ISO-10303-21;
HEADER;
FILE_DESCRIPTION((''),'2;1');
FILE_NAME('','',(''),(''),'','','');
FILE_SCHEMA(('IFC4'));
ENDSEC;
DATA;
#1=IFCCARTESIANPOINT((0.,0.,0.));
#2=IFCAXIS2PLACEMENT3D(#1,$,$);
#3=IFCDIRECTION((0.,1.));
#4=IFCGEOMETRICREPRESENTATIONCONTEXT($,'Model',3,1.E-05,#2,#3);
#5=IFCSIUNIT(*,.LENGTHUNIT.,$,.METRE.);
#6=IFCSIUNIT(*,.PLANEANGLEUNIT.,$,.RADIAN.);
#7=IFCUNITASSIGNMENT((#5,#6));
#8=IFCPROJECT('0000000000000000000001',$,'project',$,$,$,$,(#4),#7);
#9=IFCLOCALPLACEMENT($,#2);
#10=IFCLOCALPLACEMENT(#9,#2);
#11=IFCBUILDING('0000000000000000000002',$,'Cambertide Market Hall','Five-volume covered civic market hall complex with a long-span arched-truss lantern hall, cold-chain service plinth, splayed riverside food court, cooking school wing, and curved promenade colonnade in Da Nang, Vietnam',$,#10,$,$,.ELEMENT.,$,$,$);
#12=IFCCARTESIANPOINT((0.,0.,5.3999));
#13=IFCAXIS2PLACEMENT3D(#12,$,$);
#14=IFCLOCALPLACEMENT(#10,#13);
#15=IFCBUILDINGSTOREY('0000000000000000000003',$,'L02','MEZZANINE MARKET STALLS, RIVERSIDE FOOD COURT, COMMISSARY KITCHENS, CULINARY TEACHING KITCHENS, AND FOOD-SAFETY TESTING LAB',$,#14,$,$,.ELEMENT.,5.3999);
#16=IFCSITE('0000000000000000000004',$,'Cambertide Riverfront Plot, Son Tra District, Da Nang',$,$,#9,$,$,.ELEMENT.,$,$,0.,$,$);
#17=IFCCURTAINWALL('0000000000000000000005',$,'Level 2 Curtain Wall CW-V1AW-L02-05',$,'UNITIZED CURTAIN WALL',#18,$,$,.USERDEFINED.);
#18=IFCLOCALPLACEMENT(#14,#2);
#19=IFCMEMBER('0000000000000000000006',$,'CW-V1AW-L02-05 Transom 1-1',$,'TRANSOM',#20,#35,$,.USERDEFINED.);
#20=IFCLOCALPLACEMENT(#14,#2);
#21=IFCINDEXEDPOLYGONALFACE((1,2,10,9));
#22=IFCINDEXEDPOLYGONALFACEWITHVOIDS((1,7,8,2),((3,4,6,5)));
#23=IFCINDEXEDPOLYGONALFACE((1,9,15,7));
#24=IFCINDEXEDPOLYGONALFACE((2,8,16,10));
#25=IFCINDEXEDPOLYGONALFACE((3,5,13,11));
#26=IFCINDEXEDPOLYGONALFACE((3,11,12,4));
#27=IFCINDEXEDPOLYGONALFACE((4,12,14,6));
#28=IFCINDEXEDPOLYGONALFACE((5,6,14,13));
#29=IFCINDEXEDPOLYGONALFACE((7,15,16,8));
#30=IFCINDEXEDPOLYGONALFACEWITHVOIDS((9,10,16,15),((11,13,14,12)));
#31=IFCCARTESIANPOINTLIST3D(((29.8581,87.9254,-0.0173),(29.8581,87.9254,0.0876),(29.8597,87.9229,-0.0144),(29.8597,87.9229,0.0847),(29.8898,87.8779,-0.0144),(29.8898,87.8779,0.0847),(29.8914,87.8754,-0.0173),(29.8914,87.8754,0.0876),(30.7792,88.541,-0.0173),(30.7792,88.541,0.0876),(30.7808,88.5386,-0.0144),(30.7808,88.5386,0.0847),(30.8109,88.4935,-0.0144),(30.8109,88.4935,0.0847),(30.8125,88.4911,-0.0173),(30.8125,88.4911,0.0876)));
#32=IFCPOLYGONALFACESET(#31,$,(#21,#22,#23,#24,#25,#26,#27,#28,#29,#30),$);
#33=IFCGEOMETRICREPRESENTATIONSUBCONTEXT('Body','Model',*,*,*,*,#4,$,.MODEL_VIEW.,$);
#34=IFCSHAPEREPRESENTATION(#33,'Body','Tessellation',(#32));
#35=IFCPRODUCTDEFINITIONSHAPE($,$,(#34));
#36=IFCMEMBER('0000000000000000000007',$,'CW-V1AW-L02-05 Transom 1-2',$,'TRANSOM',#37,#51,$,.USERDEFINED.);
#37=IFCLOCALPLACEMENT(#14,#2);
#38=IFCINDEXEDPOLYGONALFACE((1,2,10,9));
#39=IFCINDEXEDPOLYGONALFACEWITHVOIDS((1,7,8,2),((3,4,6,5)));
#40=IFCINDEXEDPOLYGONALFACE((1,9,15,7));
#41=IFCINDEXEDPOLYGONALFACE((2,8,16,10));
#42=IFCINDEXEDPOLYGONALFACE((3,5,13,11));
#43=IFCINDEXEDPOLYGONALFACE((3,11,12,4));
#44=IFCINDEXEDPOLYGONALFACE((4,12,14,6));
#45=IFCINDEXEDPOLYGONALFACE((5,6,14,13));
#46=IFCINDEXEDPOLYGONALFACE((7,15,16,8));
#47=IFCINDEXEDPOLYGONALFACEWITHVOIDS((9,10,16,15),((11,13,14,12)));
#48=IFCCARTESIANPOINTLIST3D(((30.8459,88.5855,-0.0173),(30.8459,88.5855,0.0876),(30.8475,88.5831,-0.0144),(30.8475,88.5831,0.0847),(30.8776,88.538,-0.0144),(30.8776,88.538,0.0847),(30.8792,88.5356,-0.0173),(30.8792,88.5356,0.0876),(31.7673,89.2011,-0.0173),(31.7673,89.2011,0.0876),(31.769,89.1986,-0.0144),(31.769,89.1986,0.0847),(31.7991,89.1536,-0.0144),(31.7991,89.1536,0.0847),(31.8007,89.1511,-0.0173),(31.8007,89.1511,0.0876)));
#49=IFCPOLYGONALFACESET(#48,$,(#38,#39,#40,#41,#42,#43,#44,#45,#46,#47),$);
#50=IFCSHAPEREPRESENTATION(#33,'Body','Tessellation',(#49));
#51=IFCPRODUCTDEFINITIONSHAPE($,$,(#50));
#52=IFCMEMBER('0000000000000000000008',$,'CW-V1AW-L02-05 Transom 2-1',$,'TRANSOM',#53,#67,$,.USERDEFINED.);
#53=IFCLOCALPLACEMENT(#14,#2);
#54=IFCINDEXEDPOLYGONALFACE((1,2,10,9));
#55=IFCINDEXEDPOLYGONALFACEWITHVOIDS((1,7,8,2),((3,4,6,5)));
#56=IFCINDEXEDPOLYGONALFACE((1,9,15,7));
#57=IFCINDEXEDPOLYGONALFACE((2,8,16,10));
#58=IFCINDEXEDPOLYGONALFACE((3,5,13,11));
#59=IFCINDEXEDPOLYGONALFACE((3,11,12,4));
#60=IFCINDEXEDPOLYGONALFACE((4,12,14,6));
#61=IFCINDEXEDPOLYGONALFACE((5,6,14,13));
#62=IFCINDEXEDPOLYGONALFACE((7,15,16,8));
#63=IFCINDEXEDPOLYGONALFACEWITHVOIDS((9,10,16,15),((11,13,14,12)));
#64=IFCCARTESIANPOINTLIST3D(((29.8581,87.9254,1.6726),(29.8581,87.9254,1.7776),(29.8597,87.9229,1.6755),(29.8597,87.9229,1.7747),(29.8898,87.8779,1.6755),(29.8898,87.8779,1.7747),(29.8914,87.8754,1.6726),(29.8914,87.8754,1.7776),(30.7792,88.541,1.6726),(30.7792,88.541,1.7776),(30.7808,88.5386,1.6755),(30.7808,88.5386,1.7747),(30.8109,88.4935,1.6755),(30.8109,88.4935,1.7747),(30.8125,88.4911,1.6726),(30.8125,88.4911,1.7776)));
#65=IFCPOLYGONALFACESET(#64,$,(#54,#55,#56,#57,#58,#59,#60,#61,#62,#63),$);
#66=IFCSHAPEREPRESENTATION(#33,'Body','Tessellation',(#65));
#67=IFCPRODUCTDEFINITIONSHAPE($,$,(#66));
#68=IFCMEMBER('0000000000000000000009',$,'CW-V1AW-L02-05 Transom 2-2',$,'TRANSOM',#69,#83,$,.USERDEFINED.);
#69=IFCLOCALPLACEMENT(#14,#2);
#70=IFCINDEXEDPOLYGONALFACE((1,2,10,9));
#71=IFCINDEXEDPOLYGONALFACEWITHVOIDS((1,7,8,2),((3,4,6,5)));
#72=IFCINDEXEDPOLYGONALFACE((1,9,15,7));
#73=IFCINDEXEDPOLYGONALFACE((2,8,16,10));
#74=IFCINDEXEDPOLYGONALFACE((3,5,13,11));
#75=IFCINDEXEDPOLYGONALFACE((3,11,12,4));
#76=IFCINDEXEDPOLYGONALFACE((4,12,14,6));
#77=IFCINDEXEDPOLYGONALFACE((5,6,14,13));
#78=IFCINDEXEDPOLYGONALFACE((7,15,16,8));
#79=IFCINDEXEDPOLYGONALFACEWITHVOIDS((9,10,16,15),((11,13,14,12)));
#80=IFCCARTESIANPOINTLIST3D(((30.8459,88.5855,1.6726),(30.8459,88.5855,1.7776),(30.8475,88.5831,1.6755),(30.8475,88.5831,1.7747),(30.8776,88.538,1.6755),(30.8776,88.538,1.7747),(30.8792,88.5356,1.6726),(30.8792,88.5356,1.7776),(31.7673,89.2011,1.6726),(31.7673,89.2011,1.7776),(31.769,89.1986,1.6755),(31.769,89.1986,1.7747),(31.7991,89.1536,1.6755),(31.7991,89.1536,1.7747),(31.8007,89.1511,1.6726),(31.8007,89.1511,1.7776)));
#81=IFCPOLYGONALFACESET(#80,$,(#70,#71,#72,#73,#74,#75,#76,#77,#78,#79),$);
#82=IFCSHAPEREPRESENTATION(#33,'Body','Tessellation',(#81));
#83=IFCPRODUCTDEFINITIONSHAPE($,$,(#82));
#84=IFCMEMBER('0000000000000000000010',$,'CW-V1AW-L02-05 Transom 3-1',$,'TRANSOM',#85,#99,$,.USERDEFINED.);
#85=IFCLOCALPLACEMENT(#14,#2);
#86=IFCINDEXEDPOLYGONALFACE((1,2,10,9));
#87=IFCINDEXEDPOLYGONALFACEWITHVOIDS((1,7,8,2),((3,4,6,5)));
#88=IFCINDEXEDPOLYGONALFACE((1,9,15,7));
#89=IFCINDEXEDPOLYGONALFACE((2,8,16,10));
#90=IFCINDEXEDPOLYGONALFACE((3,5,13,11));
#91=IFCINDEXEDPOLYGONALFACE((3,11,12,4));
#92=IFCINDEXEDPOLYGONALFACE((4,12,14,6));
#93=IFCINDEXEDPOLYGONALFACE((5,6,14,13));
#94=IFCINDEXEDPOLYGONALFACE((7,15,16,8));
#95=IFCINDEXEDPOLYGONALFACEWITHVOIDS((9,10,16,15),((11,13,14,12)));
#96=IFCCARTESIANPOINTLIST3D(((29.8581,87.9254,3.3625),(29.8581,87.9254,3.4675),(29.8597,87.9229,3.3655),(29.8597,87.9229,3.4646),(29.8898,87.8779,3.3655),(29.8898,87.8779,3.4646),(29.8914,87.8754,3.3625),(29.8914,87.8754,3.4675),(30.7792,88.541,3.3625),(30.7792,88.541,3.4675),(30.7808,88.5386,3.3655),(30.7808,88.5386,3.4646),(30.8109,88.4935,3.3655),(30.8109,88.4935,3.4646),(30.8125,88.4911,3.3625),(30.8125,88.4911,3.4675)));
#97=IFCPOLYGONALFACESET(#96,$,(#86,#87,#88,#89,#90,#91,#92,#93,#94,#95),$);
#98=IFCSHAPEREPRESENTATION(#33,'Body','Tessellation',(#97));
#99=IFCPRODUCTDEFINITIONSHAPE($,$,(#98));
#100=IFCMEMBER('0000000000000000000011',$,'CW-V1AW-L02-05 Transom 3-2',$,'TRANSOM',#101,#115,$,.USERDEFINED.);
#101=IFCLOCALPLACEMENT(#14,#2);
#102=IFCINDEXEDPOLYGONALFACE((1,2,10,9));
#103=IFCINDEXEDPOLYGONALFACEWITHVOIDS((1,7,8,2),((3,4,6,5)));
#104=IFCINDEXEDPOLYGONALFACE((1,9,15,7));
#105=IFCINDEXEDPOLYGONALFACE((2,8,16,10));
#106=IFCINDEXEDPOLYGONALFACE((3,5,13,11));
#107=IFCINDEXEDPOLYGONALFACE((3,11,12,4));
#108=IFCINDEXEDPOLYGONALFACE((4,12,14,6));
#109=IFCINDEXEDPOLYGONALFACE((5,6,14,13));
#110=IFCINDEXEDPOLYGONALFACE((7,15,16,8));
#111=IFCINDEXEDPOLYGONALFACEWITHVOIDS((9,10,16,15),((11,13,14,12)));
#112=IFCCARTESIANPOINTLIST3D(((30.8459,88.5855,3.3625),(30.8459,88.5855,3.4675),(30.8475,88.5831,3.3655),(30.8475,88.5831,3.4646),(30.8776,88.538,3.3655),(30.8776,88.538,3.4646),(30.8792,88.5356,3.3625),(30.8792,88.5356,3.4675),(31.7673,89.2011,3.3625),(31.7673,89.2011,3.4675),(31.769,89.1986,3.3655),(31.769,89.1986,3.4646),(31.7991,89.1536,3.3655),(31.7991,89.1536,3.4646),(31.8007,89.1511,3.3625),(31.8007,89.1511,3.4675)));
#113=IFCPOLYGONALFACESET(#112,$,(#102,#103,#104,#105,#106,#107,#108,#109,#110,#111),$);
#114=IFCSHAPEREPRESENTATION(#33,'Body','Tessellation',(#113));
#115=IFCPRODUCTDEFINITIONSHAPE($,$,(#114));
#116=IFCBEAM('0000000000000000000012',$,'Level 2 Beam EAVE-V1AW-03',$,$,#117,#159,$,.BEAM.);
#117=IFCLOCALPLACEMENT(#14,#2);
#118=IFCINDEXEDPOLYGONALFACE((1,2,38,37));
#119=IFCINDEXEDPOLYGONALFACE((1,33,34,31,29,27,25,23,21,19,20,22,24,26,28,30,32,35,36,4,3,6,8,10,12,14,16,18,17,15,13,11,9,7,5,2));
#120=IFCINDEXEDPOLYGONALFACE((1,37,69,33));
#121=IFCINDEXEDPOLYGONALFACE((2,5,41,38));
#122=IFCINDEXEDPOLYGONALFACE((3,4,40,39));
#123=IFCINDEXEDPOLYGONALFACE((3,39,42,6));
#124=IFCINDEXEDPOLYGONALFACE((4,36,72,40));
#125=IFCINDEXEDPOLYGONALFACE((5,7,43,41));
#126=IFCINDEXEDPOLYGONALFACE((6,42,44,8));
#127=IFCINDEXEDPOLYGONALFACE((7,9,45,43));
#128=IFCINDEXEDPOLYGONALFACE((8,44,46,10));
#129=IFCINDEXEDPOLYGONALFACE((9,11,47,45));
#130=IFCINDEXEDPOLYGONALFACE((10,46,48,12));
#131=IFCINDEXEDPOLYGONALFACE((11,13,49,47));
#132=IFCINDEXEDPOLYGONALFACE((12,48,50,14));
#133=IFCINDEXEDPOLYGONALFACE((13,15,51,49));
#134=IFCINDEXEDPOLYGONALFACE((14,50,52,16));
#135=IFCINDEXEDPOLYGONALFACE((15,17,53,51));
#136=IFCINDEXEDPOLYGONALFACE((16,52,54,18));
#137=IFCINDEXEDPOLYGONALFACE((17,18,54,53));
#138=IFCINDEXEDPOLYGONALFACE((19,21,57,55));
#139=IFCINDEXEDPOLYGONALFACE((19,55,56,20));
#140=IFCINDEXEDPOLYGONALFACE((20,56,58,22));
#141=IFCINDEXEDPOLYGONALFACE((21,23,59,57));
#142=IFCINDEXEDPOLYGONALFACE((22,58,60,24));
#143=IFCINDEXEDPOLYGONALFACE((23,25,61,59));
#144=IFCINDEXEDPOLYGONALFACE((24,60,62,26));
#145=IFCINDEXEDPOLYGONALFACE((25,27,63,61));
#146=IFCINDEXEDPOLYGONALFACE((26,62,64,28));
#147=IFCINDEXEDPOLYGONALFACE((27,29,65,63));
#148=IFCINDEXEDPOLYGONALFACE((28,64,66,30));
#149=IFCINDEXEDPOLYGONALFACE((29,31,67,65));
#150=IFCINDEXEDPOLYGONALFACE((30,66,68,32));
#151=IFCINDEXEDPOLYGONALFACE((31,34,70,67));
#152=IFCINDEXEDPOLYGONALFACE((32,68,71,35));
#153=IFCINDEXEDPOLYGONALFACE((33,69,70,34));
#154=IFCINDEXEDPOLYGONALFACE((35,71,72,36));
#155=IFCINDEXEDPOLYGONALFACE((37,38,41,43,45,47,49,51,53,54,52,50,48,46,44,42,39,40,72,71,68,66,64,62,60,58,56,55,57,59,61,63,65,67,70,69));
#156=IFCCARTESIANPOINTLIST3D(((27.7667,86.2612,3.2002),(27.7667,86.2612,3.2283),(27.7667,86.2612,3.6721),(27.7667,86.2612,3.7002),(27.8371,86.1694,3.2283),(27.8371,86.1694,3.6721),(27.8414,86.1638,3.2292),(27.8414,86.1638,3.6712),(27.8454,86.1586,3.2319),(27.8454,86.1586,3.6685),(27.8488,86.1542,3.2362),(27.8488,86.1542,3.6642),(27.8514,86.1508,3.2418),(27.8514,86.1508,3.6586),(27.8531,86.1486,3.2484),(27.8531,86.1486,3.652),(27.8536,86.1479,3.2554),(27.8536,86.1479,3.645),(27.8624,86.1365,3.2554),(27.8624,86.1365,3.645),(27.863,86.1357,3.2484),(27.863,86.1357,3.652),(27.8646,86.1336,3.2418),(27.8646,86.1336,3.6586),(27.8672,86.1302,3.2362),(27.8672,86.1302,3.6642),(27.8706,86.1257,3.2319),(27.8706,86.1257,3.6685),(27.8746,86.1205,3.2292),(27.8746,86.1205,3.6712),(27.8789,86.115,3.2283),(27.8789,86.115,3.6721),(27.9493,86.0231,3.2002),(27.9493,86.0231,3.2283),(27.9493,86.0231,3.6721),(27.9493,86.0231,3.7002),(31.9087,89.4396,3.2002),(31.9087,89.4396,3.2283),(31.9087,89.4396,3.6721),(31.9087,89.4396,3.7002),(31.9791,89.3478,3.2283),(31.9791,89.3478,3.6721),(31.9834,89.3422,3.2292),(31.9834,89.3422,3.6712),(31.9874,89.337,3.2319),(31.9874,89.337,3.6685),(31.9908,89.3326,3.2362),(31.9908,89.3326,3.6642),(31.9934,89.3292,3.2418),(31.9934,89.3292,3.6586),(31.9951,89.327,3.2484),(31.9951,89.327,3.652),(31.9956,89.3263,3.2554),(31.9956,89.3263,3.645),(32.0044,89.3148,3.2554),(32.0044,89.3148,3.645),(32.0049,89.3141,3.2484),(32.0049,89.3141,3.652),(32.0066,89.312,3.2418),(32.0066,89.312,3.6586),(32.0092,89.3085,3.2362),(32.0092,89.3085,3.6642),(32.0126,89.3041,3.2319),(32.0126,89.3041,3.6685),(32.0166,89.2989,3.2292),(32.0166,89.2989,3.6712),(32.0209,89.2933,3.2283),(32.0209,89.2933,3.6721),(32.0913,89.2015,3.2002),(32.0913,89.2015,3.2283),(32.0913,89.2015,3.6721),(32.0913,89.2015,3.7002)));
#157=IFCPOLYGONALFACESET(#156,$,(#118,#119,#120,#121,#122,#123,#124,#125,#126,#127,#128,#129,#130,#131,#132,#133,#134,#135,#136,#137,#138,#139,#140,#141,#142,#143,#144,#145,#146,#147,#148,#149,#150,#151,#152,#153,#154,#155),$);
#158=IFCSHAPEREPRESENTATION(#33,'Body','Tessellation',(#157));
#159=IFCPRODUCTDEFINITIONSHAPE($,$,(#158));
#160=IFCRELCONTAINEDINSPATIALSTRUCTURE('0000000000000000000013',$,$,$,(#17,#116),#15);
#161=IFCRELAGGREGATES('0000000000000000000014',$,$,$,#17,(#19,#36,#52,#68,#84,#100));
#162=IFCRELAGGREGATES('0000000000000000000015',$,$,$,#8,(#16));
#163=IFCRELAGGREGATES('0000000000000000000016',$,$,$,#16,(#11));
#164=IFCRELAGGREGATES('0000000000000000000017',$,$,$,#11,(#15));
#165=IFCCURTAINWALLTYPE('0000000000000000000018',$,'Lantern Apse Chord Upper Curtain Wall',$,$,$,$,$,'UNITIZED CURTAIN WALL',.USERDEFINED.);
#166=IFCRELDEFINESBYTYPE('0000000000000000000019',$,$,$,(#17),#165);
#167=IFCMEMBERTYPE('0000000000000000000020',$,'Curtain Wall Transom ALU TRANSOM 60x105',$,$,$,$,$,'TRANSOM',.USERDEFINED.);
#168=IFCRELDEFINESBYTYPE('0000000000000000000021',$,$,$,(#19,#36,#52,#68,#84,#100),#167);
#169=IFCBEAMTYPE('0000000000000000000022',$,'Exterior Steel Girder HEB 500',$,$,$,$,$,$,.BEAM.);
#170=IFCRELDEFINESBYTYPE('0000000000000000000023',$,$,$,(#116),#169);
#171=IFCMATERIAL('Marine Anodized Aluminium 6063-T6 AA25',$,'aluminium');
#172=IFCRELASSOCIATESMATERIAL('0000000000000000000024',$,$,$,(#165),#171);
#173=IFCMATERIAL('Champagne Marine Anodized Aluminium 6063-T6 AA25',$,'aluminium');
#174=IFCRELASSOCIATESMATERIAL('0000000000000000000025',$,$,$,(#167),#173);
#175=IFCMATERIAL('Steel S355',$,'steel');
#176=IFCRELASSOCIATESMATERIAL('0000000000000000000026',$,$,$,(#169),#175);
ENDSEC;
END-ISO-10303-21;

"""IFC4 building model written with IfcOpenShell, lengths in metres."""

from ifc_helpers import new_model, si_unit, direction, frame, origin, origin_2d, place, context, subcontext, project, spatial, hollow_rectangle, i_section, extrude, material, material_profile, profile_set, type_object, element, aggregate, save


model = new_model("IFC4")

# Units and contexts
model_context = context("Model", 3, precision=1e-05, world=origin(), true_north=direction((0.0, 1.0)))
body_context = subcontext(model_context, "Body", "Model", "MODEL_VIEW")
ifc_project = project(units=[si_unit("LENGTHUNIT", "METRE"), si_unit("PLANEANGLEUNIT", "RADIAN")], contexts=[model_context])

# Site, building, storey
site_placement = place(None, origin())
site = spatial("IfcSite", under=ifc_project, at=site_placement, Name="Cambertide Riverfront Plot, Son Tra District, Da Nang", CompositionType="ELEMENT", RefElevation=0.0)
building_placement = place(site_placement, origin())
building = spatial("IfcBuilding", under=site, at=building_placement, Name="Cambertide Market Hall", Description="Five-volume covered civic market hall complex with a long-span arched-truss lantern hall, cold-chain service plinth, splayed riverside food court, cooking school wing, and curved promenade colonnade in Da Nang, Vietnam", CompositionType="ELEMENT")
storey_placement = place(building_placement, frame((0.0, 0.0, 5.3999)))
storey = spatial("IfcBuildingStorey", under=building, at=storey_placement, Name="L02", Description="MEZZANINE MARKET STALLS, RIVERSIDE FOOD COURT, COMMISSARY KITCHENS, CULINARY TEACHING KITCHENS, AND FOOD-SAFETY TESTING LAB", CompositionType="ELEMENT", Elevation=5.3999)

# Shared definitions
ifc_material_1 = material(Name="Marine Anodized Aluminium 6063-T6 AA25", Category="aluminium")
curtain_wall_type = type_object("IfcCurtainWallType", Name="Lantern Apse Chord Upper Curtain Wall", ElementType="UNITIZED CURTAIN WALL", PredefinedType="USERDEFINED", material=ifc_material_1)

# Curtain wall
curtain_wall_1_placement = place(storey_placement, origin())
curtain_wall_1 = element("IfcCurtainWall", 1, at=curtain_wall_1_placement, inside=storey, type_object=curtain_wall_type, Name="Level 2 Curtain Wall CW-V1AW-L02-05", ObjectType="UNITIZED CURTAIN WALL", PredefinedType="USERDEFINED")

# Members
ifc_material_2 = material(Name="Champagne Marine Anodized Aluminium 6063-T6 AA25", Category="aluminium")
ifc_material_profile_1 = material_profile(ifc_material_2, hollow_rectangle(XDim=0.0601, YDim=0.105, WallThickness=0.0029, at=origin_2d()), Name="ALU TRANSOM 60x105")
ifc_profile_set_1 = profile_set([ifc_material_profile_1], Name="Champagne Marine Anodized Aluminium 6063-T6 AA25")
member_type_1 = type_object("IfcMemberType", Name="Curtain Wall Transom ALU TRANSOM 60x105", ElementType="TRANSOM", PredefinedType="USERDEFINED", material=ifc_profile_set_1)
member_1_placement = place(storey_placement, frame((29.8748, 87.9004, 0.0352), z_axis=(0.831372, 0.555717, 0.0), x_axis=(-0.555717, 0.831372, 0.0)))
member_1 = element("IfcMember", 2, at=member_1_placement, type_object=member_type_1, Name="CW-V1AW-L02-05 Transom 1-1", ObjectType="TRANSOM", PredefinedType="USERDEFINED", context=body_context, shape_type="SweptSolid", body=[
    extrude(hollow_rectangle(XDim=0.0601, YDim=0.105, WallThickness=0.0029, at=origin_2d()), origin(), (0.0, 0.0, 1.0), 1.1079),
])
member_2_placement = place(storey_placement, frame((30.8625, 88.5605, 0.0352), z_axis=(0.831541, 0.555463, 0.0), x_axis=(-0.555463, 0.831541, 0.0)))
member_2 = element("IfcMember", 3, at=member_2_placement, type_object=member_type_1, Name="CW-V1AW-L02-05 Transom 1-2", ObjectType="TRANSOM", PredefinedType="USERDEFINED", context=body_context, shape_type="SweptSolid", body=[
    extrude(hollow_rectangle(XDim=0.0601, YDim=0.105, WallThickness=0.0029, at=origin_2d()), origin(), (0.0, 0.0, 1.0), 1.1082),
])
member_3_placement = place(storey_placement, frame((29.8748, 87.9004, 1.7251), z_axis=(0.831372, 0.555717, 0.0), x_axis=(-0.555717, 0.831372, 0.0)))
member_3 = element("IfcMember", 4, at=member_3_placement, type_object=member_type_1, Name="CW-V1AW-L02-05 Transom 2-1", ObjectType="TRANSOM", PredefinedType="USERDEFINED", context=body_context, shape_type="SweptSolid", body=[
    extrude(hollow_rectangle(XDim=0.0601, YDim=0.105, WallThickness=0.0029, at=origin_2d()), origin(), (0.0, 0.0, 1.0), 1.1079),
])
member_4_placement = place(storey_placement, frame((30.8625, 88.5605, 1.7251), z_axis=(0.831541, 0.555463, 0.0), x_axis=(-0.555463, 0.831541, 0.0)))
member_4 = element("IfcMember", 5, at=member_4_placement, type_object=member_type_1, Name="CW-V1AW-L02-05 Transom 2-2", ObjectType="TRANSOM", PredefinedType="USERDEFINED", context=body_context, shape_type="SweptSolid", body=[
    extrude(hollow_rectangle(XDim=0.0601, YDim=0.105, WallThickness=0.0029, at=origin_2d()), origin(), (0.0, 0.0, 1.0), 1.1082),
])
member_5_placement = place(storey_placement, frame((29.8748, 87.9004, 3.415), z_axis=(0.831372, 0.555717, 0.0), x_axis=(-0.555717, 0.831372, 0.0)))
member_5 = element("IfcMember", 6, at=member_5_placement, type_object=member_type_1, Name="CW-V1AW-L02-05 Transom 3-1", ObjectType="TRANSOM", PredefinedType="USERDEFINED", context=body_context, shape_type="SweptSolid", body=[
    extrude(hollow_rectangle(XDim=0.0601, YDim=0.105, WallThickness=0.0029, at=origin_2d()), origin(), (0.0, 0.0, 1.0), 1.1079),
])
member_6_placement = place(storey_placement, frame((30.8625, 88.5605, 3.415), z_axis=(0.831541, 0.555463, 0.0), x_axis=(-0.555463, 0.831541, 0.0)))
member_6 = element("IfcMember", 7, at=member_6_placement, type_object=member_type_1, Name="CW-V1AW-L02-05 Transom 3-2", ObjectType="TRANSOM", PredefinedType="USERDEFINED", context=body_context, shape_type="SweptSolid", body=[
    extrude(hollow_rectangle(XDim=0.0601, YDim=0.105, WallThickness=0.0029, at=origin_2d()), origin(), (0.0, 0.0, 1.0), 1.1082),
])

# Beam
ifc_material_3 = material(Name="Steel S355", Category="steel")
ifc_material_profile_2 = material_profile(ifc_material_3, i_section(OverallWidth=0.3, OverallDepth=0.5, WebThickness=0.0144, FlangeThickness=0.0281, FilletRadius=0.0271, at=origin_2d()), Name="HEB 500")
ifc_profile_set_2 = profile_set([ifc_material_profile_2], Name="Steel S355")
beam_type_1 = type_object("IfcBeamType", Name="Exterior Steel Girder HEB 500", PredefinedType="BEAM", material=ifc_profile_set_2)
beam_1_placement = place(storey_placement, frame((32.0, 89.3206, 3.4502), z_axis=(-0.793341, -0.608777, 0.0), x_axis=(0.608777, -0.793341, 0.0)))
element("IfcBeam", 8, at=beam_1_placement, inside=storey, type_object=beam_type_1, Name="Level 2 Beam EAVE-V1AW-03", PredefinedType="BEAM", context=body_context, shape_type="SweptSolid", body=[
    extrude(i_section(OverallWidth=0.3, OverallDepth=0.5, WebThickness=0.0144, FlangeThickness=0.0281, FilletRadius=0.0271, at=origin_2d()), origin(), (0.0, 0.0, 1.0), 5.2209),
])

aggregate(curtain_wall_1, [member_1, member_2, member_3, member_4, member_5, member_6])

save(model, "model.ifc")
